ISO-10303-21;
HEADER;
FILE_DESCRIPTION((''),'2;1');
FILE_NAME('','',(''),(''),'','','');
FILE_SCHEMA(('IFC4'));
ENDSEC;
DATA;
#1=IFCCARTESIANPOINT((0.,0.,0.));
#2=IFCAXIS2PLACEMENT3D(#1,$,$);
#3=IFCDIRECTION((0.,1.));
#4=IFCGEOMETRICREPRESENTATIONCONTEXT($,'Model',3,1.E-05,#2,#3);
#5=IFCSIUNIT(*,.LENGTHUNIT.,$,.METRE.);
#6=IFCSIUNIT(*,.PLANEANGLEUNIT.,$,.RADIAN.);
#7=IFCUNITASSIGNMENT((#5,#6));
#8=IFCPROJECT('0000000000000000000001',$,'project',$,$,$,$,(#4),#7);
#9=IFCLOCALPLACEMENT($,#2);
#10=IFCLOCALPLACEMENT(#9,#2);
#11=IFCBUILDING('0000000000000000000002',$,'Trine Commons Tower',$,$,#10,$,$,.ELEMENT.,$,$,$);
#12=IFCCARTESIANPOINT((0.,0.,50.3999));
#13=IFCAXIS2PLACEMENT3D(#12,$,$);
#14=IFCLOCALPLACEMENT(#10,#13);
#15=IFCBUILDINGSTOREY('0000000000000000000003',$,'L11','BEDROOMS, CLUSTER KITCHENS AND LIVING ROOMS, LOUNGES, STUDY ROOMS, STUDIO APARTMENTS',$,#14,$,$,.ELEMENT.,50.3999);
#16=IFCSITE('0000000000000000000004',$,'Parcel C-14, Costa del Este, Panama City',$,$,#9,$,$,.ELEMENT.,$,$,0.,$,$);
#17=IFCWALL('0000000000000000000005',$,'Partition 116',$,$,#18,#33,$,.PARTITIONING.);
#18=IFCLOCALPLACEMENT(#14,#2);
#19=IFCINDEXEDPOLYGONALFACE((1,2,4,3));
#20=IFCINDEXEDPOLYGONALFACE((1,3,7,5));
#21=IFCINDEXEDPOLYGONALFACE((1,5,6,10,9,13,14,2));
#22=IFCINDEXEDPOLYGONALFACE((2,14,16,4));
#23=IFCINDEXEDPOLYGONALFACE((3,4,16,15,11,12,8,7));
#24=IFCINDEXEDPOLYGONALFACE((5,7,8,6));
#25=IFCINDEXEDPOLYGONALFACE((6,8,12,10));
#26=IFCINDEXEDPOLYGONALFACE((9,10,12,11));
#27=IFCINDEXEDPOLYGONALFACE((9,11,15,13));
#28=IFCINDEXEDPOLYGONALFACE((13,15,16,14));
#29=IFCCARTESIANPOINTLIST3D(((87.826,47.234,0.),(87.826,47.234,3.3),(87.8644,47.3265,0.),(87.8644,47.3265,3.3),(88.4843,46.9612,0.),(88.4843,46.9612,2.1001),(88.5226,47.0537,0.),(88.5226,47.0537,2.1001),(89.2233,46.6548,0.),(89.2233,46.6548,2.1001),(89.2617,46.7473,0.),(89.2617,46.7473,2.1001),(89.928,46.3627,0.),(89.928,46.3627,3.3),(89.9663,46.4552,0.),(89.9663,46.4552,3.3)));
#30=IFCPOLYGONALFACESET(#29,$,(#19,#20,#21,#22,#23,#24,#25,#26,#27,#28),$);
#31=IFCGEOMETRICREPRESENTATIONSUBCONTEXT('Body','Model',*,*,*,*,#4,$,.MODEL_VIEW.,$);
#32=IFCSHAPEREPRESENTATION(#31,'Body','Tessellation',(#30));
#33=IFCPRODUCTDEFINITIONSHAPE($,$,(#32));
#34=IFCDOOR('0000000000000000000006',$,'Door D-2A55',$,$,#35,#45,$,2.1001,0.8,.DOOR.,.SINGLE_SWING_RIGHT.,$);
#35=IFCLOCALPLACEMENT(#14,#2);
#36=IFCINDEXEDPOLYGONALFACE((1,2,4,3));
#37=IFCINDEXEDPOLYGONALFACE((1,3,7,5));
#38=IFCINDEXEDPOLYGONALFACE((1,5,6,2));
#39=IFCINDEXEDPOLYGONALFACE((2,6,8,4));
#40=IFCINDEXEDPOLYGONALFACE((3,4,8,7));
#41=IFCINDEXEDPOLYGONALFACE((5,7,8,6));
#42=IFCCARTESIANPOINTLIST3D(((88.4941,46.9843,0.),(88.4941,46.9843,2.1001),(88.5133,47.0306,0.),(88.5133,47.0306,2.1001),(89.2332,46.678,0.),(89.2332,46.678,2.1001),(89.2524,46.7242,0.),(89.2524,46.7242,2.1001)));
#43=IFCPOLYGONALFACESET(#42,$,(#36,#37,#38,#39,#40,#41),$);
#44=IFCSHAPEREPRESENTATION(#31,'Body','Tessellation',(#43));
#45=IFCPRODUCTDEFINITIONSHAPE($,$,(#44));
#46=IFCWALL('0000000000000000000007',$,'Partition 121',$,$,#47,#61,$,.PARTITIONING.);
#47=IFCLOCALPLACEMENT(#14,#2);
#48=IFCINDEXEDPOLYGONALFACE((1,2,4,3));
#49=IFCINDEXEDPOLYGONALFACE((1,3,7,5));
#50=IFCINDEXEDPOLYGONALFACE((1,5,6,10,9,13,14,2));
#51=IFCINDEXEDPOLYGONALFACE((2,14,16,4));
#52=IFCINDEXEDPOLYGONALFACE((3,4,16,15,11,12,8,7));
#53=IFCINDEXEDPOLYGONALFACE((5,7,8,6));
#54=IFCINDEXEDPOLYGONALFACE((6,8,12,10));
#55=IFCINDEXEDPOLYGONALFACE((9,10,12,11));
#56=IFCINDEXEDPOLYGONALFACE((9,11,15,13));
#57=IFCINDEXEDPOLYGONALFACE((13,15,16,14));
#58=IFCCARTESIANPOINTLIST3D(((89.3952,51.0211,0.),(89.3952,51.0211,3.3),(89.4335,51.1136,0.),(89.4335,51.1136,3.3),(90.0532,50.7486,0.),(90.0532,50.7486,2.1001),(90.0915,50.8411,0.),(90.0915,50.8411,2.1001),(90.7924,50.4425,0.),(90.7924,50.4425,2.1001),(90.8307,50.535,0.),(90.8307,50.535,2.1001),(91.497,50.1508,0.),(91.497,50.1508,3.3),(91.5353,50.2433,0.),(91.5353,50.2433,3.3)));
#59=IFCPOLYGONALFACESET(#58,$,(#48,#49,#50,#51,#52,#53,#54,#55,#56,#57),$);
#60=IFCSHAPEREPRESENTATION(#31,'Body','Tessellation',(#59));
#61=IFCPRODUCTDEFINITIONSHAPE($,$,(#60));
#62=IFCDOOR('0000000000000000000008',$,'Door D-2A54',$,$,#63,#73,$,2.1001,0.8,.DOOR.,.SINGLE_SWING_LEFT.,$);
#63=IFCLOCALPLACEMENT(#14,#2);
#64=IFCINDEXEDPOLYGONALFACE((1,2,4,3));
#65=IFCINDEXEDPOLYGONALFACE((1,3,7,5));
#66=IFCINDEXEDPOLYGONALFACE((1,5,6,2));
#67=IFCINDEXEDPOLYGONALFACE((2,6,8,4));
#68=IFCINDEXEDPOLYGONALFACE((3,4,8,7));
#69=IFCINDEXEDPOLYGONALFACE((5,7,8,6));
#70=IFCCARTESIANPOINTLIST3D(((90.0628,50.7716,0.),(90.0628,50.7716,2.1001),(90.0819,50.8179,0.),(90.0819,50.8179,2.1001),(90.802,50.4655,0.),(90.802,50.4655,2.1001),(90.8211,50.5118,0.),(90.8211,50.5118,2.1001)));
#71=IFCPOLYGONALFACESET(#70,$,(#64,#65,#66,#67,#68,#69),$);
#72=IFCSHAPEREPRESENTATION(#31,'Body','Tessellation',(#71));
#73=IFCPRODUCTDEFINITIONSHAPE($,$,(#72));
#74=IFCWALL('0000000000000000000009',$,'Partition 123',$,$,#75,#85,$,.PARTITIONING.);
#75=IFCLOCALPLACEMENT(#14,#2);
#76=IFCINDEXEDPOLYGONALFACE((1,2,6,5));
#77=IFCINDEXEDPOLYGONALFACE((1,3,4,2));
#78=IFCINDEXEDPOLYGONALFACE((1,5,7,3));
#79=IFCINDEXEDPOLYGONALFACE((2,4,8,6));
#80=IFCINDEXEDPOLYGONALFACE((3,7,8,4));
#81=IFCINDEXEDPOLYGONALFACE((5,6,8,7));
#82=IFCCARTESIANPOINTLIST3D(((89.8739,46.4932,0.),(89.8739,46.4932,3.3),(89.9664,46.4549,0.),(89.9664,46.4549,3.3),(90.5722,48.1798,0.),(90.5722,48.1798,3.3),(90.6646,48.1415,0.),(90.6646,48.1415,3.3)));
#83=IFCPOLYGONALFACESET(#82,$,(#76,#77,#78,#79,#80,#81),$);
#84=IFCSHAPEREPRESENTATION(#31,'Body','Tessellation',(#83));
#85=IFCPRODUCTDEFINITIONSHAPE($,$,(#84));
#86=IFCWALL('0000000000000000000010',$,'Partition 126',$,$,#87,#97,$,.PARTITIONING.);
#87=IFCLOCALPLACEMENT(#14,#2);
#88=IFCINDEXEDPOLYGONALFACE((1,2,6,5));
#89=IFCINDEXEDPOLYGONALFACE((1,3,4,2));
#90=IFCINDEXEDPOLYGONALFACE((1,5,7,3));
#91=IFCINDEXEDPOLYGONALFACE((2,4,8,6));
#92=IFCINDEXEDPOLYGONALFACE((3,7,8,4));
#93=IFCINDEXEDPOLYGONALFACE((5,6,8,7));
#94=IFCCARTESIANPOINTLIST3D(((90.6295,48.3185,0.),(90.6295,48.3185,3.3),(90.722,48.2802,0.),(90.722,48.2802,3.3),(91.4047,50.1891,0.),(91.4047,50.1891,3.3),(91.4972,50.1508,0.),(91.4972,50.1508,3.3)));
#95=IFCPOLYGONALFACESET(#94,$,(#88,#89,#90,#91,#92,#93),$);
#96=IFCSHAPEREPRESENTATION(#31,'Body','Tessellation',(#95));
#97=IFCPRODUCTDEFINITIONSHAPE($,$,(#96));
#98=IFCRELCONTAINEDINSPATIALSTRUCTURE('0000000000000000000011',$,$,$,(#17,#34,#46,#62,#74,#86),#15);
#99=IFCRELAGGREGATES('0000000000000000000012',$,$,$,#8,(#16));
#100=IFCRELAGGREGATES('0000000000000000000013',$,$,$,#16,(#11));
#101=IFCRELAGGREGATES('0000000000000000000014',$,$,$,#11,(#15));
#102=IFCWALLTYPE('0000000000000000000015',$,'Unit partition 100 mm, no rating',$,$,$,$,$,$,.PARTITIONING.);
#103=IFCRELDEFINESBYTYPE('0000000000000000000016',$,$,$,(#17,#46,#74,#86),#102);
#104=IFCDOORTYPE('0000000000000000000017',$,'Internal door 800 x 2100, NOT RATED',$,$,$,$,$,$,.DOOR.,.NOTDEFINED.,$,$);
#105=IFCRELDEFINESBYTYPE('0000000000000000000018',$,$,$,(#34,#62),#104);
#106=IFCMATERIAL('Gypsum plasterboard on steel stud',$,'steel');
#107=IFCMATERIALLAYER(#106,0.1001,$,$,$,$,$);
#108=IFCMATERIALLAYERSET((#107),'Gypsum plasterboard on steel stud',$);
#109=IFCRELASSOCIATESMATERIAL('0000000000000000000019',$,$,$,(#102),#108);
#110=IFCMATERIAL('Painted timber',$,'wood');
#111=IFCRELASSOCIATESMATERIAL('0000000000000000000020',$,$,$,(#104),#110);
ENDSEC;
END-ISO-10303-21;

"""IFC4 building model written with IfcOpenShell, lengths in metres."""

from ifc_helpers import new_model, si_unit, direction, frame, frame_2d, origin, place, context, subcontext, project, spatial, rectangle, extrude, material, layer, layer_set, type_object, element, fill, save


model = new_model("IFC4")

# Units and contexts
model_context = context("Model", 3, precision=1e-05, world=origin(), true_north=direction((0.0, 1.0)))
body_context = subcontext(model_context, "Body", "Model", "MODEL_VIEW")
ifc_project = project(units=[si_unit("LENGTHUNIT", "METRE"), si_unit("PLANEANGLEUNIT", "RADIAN")], contexts=[model_context])

# Site, building, storey
site_placement = place(None, origin())
site = spatial("IfcSite", under=ifc_project, at=site_placement, Name="Parcel C-14, Costa del Este, Panama City", CompositionType="ELEMENT", RefElevation=0.0)
building_placement = place(site_placement, origin())
building = spatial("IfcBuilding", under=site, at=building_placement, Name="Trine Commons Tower", CompositionType="ELEMENT")
storey_placement = place(building_placement, frame((0.0, 0.0, 50.3999)))
storey = spatial("IfcBuildingStorey", under=building, at=storey_placement, Name="L11", Description="BEDROOMS, CLUSTER KITCHENS AND LIVING ROOMS, LOUNGES, STUDY ROOMS, STUDIO APARTMENTS", CompositionType="ELEMENT", Elevation=50.3999)

# Shared definitions
ifc_material_1 = material(Name="Gypsum plasterboard on steel stud", Category="steel")

# Walls, openings, doors
ifc_layer_1 = layer(ifc_material_1, 0.1001)
ifc_layer_set_1 = layer_set([ifc_layer_1], Name="Gypsum plasterboard on steel stud")
wall_type_1 = type_object("IfcWallType", Name="Unit partition 100 mm, no rating", PredefinedType="PARTITIONING", material=ifc_layer_set_1)
wall_1_placement = place(storey_placement, frame((87.8452, 47.2803, 0.0), z_axis=(0.0, 0.0, 1.0), x_axis=(0.92378, -0.382923, 0.0)))
wall_1 = element("IfcWall", 1, at=wall_1_placement, inside=storey, type_object=wall_type_1, Name="Partition 116", PredefinedType="PARTITIONING", context=body_context, shape_type="SweptSolid", body=[
    extrude(rectangle(XDim=2.2754, YDim=0.1001, at=frame_2d((1.1377, 0.0))), origin(), (0.0, 0.0, 1.0), 3.3),
])
opening_1_placement = place(wall_1_placement, frame((0.7126, 0.0, 0.0)))
opening_1 = element("IfcOpeningElement", 2, at=opening_1_placement, cuts=wall_1, PredefinedType="OPENING", context=body_context, shape_type="SweptSolid", body=[
    extrude(rectangle(XDim=0.8, YDim=2.1001, at=frame_2d((0.3999, 1.05))), frame((0.0, 0.0601, 0.0), z_axis=(0.0, -1.0, 0.0), x_axis=(1.0, 0.0, 0.0)), (0.0, 0.0, 1.0), 0.1201),
])
ifc_material_2 = material(Name="Painted timber", Category="wood")
door_type_1 = type_object("IfcDoorType", Name="Internal door 800 x 2100, NOT RATED", OperationType="NOTDEFINED", PredefinedType="DOOR", material=ifc_material_2)
door_1_placement = place(opening_1_placement, frame((0.8, 0.0, 0.0), z_axis=(0.0, 0.0, 1.0), x_axis=(-1.0, 0.0, 0.0)))
door_1 = element("IfcDoor", 3, at=door_1_placement, inside=storey, type_object=door_type_1, Name="Door D-2A55", OperationType="SINGLE_SWING_RIGHT", OverallHeight=2.1001, OverallWidth=0.8, PredefinedType="DOOR", context=body_context, shape_type="SweptSolid", body=[
    extrude(rectangle(XDim=0.8, YDim=2.1001, at=frame_2d((0.3999, 1.05))), frame((0.0, 0.0249, 0.0), z_axis=(0.0, -1.0, 0.0), x_axis=(1.0, 0.0, 0.0)), (0.0, 0.0, 1.0), 0.05),
])
fill(opening_1, door_1)
wall_2_placement = place(storey_placement, frame((89.4143, 51.0674, 0.0), z_axis=(0.0, 0.0, 1.0), x_axis=(0.923916, -0.382595, 0.0)))
wall_2 = element("IfcWall", 4, at=wall_2_placement, inside=storey, type_object=wall_type_1, Name="Partition 121", PredefinedType="PARTITIONING", context=body_context, shape_type="SweptSolid", body=[
    extrude(rectangle(XDim=2.2749, YDim=0.1001, at=frame_2d((1.1375, 0.0))), origin(), (0.0, 0.0, 1.0), 3.3),
])
opening_2_placement = place(wall_2_placement, frame((0.7124, 0.0, 0.0)))
opening_2 = element("IfcOpeningElement", 5, at=opening_2_placement, cuts=wall_2, PredefinedType="OPENING", context=body_context, shape_type="SweptSolid", body=[
    extrude(rectangle(XDim=0.8, YDim=2.1001, at=frame_2d((0.3999, 1.05))), frame((0.0, 0.0601, 0.0), z_axis=(0.0, -1.0, 0.0), x_axis=(1.0, 0.0, 0.0)), (0.0, 0.0, 1.0), 0.1201),
])
door_2_placement = place(opening_2_placement, origin())
door_2 = element("IfcDoor", 6, at=door_2_placement, inside=storey, type_object=door_type_1, Name="Door D-2A54", OperationType="SINGLE_SWING_LEFT", OverallHeight=2.1001, OverallWidth=0.8, PredefinedType="DOOR", context=body_context, shape_type="SweptSolid", body=[
    extrude(rectangle(XDim=0.8, YDim=2.1001, at=frame_2d((0.3999, 1.05))), frame((0.0, 0.0249, 0.0), z_axis=(0.0, -1.0, 0.0), x_axis=(1.0, 0.0, 0.0)), (0.0, 0.0, 1.0), 0.05),
])
fill(opening_2, door_2)

# Walls
wall_3_placement = place(storey_placement, frame((89.9202, 46.4741, 0.0), z_axis=(0.0, 0.0, 1.0), x_axis=(0.382525, 0.923945, 0.0)))
element("IfcWall", 7, at=wall_3_placement, inside=storey, type_object=wall_type_1, Name="Partition 123", PredefinedType="PARTITIONING", context=body_context, shape_type="SweptSolid", body=[
    extrude(rectangle(XDim=1.8254, YDim=0.1001, at=frame_2d((0.9126, 0.0))), origin(), (0.0, 0.0, 1.0), 3.3),
])
wall_4_placement = place(storey_placement, frame((90.6758, 48.2993, 0.0), z_axis=(0.0, 0.0, 1.0), x_axis=(0.382817, 0.923824, 0.0)))
element("IfcWall", 8, at=wall_4_placement, inside=storey, type_object=wall_type_1, Name="Partition 126", PredefinedType="PARTITIONING", context=body_context, shape_type="SweptSolid", body=[
    extrude(rectangle(XDim=2.0249, YDim=0.1001, at=frame_2d((1.0125, 0.0))), origin(), (0.0, 0.0, 1.0), 3.3),
])

save(model, "model.ifc")
